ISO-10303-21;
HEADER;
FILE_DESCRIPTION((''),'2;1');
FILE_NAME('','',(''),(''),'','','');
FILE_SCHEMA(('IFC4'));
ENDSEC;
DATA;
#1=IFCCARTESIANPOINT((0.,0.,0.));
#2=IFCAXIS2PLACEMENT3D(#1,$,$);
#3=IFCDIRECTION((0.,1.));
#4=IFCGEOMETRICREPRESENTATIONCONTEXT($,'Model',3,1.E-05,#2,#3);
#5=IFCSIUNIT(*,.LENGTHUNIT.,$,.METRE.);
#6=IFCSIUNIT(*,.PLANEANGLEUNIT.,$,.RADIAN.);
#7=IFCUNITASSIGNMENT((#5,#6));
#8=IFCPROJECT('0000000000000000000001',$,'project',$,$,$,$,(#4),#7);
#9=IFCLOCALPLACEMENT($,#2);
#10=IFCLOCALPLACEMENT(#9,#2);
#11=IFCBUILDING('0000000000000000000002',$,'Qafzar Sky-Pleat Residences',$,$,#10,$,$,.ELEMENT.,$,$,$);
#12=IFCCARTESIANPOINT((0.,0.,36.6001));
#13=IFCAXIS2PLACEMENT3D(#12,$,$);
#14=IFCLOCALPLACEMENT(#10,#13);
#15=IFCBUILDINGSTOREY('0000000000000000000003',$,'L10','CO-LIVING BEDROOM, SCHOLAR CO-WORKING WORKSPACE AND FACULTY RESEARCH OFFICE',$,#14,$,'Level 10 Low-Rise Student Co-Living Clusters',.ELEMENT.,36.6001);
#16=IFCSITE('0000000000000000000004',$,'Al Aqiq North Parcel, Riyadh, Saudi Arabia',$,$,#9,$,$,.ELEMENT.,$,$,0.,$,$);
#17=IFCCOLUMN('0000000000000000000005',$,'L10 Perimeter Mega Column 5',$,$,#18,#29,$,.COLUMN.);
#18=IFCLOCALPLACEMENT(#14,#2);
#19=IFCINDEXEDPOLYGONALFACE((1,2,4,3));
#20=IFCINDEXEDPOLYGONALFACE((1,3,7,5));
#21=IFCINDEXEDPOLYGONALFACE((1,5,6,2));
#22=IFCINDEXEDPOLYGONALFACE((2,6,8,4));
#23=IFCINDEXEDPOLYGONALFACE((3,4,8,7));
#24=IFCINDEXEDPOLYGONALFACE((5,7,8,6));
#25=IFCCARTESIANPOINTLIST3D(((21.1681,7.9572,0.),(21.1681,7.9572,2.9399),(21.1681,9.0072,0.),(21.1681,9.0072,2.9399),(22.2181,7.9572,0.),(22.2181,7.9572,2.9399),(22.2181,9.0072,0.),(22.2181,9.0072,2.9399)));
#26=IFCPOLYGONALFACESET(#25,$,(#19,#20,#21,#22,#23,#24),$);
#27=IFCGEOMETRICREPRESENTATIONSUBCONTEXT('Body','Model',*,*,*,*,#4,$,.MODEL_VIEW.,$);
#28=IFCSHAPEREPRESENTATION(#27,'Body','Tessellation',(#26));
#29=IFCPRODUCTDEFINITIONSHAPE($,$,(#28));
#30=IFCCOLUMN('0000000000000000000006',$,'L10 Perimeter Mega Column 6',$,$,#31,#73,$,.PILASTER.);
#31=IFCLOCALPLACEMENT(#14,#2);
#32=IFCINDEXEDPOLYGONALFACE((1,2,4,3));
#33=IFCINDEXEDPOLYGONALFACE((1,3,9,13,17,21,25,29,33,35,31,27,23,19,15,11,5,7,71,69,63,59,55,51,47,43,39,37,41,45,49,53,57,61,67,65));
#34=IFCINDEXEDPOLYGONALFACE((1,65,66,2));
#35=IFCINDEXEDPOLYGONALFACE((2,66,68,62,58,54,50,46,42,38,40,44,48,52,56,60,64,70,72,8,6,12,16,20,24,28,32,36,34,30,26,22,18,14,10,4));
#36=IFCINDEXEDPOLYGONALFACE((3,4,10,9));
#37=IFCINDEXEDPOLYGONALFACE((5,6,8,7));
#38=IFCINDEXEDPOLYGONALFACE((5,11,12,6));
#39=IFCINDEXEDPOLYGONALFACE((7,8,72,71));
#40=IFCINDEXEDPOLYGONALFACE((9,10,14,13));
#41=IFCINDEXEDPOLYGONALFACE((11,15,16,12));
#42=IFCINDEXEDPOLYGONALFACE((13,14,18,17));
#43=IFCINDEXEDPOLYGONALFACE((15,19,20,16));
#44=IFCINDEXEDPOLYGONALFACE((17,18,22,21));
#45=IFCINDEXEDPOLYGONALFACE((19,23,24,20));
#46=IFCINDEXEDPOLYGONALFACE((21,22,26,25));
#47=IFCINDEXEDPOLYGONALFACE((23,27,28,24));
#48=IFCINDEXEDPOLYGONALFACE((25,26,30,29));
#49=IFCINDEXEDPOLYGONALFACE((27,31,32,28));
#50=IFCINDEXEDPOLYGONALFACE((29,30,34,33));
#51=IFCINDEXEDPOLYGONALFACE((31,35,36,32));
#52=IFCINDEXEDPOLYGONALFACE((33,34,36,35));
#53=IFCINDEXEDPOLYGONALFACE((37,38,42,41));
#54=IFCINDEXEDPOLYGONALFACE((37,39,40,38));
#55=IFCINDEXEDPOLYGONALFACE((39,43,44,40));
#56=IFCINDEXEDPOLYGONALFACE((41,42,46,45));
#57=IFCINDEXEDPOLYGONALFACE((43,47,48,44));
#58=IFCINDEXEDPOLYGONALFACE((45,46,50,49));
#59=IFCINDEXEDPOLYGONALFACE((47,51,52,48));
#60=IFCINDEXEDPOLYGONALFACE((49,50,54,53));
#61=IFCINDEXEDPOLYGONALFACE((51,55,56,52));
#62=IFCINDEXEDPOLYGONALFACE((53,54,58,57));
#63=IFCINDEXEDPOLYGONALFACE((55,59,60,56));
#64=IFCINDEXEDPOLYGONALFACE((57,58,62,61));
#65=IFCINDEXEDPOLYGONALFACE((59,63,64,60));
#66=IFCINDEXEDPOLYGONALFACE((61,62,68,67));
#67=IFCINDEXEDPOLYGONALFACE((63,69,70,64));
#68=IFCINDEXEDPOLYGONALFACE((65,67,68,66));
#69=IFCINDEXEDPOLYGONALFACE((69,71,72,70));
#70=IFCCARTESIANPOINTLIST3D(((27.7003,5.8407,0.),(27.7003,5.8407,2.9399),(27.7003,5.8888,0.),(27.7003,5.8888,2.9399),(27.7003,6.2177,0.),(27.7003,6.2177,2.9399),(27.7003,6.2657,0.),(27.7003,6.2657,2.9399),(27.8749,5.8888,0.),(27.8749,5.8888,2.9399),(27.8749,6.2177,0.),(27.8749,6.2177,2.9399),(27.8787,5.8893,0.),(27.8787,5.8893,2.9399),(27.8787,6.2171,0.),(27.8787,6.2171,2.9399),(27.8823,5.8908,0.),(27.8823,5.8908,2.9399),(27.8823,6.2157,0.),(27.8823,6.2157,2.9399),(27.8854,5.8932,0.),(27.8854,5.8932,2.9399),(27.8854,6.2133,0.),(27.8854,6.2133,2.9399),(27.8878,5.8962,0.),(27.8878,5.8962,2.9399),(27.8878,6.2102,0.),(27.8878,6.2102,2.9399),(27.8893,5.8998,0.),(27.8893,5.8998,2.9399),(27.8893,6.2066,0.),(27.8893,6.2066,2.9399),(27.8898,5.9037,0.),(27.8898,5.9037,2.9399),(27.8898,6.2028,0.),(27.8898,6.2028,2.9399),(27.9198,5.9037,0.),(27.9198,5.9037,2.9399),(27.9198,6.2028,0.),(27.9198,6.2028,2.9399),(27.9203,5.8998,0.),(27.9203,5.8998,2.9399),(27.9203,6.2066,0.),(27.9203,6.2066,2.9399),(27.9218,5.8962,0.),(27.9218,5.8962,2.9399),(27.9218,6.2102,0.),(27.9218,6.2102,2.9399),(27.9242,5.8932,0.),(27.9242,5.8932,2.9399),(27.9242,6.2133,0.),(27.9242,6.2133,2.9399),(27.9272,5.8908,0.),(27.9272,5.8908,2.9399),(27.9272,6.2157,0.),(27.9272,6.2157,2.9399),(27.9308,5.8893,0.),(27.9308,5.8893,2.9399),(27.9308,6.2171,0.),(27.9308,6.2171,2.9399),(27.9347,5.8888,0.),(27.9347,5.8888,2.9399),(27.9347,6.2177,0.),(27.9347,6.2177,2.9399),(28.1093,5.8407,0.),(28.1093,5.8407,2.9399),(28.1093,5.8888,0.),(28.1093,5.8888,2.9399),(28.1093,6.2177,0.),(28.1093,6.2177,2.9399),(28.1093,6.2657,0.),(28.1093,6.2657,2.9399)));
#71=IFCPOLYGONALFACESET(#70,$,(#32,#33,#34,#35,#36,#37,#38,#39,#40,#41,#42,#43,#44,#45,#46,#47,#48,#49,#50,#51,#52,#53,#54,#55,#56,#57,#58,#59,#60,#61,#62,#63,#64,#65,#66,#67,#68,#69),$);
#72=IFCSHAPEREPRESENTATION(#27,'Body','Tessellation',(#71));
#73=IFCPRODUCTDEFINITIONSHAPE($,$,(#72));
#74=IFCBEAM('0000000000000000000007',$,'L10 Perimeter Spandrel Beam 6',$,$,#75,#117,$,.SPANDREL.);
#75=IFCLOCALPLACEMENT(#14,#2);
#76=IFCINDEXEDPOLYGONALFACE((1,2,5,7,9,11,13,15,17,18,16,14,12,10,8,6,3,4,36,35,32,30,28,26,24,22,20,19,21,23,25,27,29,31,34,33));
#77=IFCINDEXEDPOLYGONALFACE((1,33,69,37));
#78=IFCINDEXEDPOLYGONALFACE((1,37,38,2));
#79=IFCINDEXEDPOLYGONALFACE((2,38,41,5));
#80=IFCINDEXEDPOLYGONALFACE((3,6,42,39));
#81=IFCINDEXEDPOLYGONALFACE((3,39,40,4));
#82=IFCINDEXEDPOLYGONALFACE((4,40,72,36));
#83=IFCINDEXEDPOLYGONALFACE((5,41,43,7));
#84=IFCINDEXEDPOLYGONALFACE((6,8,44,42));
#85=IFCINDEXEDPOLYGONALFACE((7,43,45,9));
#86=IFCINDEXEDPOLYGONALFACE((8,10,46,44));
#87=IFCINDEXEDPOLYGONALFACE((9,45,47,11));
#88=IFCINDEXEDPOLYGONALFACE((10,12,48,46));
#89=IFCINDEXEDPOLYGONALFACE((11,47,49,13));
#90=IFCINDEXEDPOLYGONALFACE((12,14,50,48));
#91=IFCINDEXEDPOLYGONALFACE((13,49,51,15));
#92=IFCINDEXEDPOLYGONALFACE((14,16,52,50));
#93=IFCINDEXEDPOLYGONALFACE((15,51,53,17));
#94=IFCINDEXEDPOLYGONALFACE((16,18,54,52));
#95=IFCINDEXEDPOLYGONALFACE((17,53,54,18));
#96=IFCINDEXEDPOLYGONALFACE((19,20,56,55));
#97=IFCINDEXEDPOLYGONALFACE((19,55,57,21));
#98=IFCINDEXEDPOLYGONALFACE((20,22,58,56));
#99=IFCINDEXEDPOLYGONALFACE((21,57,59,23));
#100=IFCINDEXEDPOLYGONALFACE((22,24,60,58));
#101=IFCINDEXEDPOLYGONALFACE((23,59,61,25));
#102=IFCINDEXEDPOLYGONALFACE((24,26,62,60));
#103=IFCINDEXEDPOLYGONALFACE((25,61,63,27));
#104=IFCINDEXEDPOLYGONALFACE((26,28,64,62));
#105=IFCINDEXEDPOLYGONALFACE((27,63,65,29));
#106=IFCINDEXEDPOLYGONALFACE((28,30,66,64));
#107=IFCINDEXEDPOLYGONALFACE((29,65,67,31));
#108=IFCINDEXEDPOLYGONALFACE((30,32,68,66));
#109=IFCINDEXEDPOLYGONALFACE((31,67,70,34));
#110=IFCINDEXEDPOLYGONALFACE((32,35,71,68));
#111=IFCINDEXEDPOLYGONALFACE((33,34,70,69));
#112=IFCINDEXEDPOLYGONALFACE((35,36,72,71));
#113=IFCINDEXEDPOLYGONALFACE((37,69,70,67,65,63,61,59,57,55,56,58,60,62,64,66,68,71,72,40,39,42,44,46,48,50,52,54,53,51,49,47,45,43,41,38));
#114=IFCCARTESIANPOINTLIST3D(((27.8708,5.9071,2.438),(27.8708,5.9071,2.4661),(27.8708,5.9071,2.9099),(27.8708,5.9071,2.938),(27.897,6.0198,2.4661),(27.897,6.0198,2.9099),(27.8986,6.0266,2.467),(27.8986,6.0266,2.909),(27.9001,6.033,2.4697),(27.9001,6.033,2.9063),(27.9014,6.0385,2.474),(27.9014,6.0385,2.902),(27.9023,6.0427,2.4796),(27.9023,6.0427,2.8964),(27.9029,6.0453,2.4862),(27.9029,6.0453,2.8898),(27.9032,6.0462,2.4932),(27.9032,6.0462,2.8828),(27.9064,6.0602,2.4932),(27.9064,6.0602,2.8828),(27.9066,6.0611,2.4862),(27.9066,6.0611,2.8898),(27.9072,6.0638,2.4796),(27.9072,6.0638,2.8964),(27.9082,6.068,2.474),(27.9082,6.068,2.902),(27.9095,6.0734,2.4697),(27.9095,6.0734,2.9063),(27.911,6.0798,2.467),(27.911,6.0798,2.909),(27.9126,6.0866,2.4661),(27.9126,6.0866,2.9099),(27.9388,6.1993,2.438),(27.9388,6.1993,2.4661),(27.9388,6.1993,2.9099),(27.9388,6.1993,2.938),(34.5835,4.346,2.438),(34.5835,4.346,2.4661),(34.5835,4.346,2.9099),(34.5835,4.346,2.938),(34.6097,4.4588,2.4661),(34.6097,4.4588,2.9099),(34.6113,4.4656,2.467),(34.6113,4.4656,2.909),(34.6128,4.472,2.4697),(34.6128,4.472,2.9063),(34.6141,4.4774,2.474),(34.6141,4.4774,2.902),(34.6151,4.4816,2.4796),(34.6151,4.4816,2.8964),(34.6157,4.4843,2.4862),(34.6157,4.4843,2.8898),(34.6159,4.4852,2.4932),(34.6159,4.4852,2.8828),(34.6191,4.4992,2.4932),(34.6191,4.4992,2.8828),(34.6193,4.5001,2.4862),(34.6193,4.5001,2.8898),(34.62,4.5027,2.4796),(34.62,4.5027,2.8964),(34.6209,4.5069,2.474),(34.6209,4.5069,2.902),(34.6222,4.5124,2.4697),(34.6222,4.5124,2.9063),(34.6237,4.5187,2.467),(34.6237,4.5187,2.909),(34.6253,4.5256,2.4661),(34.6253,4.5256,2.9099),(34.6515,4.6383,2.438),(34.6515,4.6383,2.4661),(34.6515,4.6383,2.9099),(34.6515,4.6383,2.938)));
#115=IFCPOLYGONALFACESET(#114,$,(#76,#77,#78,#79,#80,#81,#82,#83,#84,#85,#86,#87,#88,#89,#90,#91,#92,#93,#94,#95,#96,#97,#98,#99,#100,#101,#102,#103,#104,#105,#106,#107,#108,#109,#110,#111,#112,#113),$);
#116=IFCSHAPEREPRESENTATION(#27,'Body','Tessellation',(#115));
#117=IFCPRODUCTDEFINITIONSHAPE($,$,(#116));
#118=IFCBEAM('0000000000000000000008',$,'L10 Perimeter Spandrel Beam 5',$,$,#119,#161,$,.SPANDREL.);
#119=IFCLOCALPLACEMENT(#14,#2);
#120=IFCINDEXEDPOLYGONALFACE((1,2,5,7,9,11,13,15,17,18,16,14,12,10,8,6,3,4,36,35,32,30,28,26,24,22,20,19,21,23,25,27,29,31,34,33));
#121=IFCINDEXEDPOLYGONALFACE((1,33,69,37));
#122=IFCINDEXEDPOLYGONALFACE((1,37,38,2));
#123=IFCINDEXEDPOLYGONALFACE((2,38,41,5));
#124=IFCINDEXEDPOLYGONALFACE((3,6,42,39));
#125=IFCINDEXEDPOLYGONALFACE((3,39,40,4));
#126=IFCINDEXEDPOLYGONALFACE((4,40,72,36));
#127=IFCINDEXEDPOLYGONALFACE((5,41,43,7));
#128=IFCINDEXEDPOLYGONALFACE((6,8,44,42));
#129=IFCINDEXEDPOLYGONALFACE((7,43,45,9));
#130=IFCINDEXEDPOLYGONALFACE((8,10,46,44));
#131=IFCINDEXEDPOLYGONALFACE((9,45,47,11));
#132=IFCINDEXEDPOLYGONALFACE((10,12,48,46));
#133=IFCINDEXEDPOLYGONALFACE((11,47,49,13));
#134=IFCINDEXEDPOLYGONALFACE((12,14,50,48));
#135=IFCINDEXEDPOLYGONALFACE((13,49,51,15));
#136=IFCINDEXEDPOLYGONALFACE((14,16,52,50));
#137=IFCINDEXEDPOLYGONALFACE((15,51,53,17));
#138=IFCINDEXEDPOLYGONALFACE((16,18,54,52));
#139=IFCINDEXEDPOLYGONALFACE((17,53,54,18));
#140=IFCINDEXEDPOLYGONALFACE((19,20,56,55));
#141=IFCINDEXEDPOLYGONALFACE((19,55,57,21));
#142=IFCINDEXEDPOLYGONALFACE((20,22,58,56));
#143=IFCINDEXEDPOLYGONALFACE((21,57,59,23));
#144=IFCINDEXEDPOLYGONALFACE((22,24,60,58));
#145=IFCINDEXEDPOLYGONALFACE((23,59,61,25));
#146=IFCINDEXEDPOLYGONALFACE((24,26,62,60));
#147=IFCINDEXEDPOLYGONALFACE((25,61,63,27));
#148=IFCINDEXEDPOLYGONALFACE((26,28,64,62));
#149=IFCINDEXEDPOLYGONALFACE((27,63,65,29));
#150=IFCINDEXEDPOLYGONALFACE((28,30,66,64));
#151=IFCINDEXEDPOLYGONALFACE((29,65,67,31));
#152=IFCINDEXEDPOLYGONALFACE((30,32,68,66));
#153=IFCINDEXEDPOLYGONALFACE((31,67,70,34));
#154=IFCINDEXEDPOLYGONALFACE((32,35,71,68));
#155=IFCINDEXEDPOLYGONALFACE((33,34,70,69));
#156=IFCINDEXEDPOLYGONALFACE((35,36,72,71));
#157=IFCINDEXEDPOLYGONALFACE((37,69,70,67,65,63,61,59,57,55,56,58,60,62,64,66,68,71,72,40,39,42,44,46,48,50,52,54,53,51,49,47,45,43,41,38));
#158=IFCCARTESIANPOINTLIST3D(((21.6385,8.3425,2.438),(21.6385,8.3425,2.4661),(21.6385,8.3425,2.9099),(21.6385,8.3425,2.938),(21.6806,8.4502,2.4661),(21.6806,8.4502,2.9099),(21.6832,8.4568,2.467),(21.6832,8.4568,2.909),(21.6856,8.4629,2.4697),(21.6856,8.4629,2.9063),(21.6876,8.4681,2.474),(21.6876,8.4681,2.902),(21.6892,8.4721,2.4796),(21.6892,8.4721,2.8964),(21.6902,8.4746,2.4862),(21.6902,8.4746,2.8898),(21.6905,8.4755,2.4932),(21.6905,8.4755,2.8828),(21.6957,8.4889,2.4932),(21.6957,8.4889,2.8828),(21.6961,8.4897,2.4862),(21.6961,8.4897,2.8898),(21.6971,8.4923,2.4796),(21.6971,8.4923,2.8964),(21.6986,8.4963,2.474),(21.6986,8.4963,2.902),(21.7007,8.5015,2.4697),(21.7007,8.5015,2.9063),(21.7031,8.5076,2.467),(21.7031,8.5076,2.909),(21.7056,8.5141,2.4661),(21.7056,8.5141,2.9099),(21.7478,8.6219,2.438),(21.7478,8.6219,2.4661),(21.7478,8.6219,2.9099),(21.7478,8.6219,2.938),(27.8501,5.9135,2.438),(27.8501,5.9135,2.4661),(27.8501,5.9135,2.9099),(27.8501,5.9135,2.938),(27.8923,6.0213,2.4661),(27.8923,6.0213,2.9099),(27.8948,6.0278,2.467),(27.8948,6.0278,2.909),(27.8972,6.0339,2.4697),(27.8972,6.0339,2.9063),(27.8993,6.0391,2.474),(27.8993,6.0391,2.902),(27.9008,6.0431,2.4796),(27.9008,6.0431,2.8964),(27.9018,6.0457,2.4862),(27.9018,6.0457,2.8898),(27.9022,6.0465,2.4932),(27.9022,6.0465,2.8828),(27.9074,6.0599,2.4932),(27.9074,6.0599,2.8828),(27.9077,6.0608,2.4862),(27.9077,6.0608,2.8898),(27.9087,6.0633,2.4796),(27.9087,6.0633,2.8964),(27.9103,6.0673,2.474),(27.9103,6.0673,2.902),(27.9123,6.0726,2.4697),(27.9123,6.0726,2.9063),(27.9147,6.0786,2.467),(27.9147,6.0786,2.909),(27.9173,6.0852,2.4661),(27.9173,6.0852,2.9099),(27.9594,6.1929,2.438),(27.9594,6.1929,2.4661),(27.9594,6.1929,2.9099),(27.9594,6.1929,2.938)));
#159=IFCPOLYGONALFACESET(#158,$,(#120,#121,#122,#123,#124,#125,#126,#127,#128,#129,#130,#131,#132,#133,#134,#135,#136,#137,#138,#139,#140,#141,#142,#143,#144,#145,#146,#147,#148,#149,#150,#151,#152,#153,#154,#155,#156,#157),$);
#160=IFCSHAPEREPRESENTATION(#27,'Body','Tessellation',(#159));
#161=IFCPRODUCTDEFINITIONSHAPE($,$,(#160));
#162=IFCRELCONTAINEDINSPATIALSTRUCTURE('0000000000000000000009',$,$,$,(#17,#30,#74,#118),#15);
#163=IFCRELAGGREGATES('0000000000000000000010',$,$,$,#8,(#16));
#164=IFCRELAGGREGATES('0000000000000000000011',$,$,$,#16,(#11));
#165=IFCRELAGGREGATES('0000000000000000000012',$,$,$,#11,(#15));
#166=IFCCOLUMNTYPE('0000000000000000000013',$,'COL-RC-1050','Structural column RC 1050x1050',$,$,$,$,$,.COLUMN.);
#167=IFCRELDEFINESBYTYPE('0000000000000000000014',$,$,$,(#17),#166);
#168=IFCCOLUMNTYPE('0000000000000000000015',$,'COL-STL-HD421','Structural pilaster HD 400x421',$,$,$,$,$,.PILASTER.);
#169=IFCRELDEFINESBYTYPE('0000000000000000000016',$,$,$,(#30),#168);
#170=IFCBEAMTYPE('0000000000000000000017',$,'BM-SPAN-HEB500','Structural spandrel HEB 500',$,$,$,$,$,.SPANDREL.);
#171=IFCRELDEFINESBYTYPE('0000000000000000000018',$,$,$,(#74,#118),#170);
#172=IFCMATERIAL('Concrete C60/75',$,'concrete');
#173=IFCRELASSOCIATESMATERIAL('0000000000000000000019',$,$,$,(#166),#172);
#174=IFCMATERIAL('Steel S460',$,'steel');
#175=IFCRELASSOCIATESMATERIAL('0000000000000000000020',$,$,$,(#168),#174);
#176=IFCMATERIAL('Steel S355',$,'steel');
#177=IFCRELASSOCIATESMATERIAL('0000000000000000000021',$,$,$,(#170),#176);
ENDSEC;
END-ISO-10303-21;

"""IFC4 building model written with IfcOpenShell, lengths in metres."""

from ifc_helpers import new_model, si_unit, direction, frame, origin, origin_2d, place, context, subcontext, project, spatial, rectangle, i_section, extrude, source, transform, mapped, material, material_profile, profile_set, type_object, element, save


model = new_model("IFC4")

# Units and contexts
model_context = context("Model", 3, precision=1e-05, world=origin(), true_north=direction((0.0, 1.0)))
body_context = subcontext(model_context, "Body", "Model", "MODEL_VIEW")
ifc_project = project(units=[si_unit("LENGTHUNIT", "METRE"), si_unit("PLANEANGLEUNIT", "RADIAN")], contexts=[model_context])

# Site, building, storey
site_placement = place(None, origin())
site = spatial("IfcSite", under=ifc_project, at=site_placement, Name="Al Aqiq North Parcel, Riyadh, Saudi Arabia", CompositionType="ELEMENT", RefElevation=0.0)
building_placement = place(site_placement, origin())
building = spatial("IfcBuilding", under=site, at=building_placement, Name="Qafzar Sky-Pleat Residences", CompositionType="ELEMENT")
storey_placement = place(building_placement, frame((0.0, 0.0, 36.6001)))
storey = spatial("IfcBuildingStorey", under=building, at=storey_placement, Name="L10", Description="CO-LIVING BEDROOM, SCHOLAR CO-WORKING WORKSPACE AND FACULTY RESEARCH OFFICE", LongName="Level 10 Low-Rise Student Co-Living Clusters", CompositionType="ELEMENT", Elevation=36.6001)

# Columns
ifc_material_1 = material(Name="Concrete C60/75", Category="concrete")
ifc_material_profile_1 = material_profile(ifc_material_1, rectangle(XDim=1.05, YDim=1.05, at=origin_2d()), Name="RC 1050x1050")
ifc_profile_set_1 = profile_set([ifc_material_profile_1], Name="Concrete C60/75")
column_type_1 = type_object("IfcColumnType", Name="COL-RC-1050", Description="Structural column RC 1050x1050", PredefinedType="COLUMN", material=ifc_profile_set_1)
shared_shape_1 = source(origin(), body_context, "Body", "SweptSolid", [
    extrude(rectangle(XDim=1.05, YDim=1.05, at=origin_2d()), origin(), (0.0, 0.0, 1.0), 2.9399),
])
column_1_placement = place(storey_placement, frame((21.6931, 8.4822, 0.0), z_axis=(0.0, 0.0, 1.0), x_axis=(1.0, 0.0, 0.0)))
element("IfcColumn", 1, at=column_1_placement, inside=storey, type_object=column_type_1, Name="L10 Perimeter Mega Column 5", PredefinedType="COLUMN", context=body_context, shape_type="MappedRepresentation", body=[
    mapped(shared_shape_1, transform((0.0, 0.0, 0.0), x_axis=(1.0, 0.0, 0.0), y_axis=(0.0, 1.0, 0.0), z_axis=(0.0, 0.0, 1.0), scale=1.0)),
])
ifc_material_2 = material(Name="Steel S460", Category="steel")
ifc_material_profile_2 = material_profile(ifc_material_2, i_section(OverallWidth=0.4089, OverallDepth=0.425, WebThickness=0.03, FlangeThickness=0.0481, FilletRadius=0.0149, at=origin_2d()), Name="HD 400x421")
ifc_profile_set_2 = profile_set([ifc_material_profile_2], Name="Steel S460")
column_type_2 = type_object("IfcColumnType", Name="COL-STL-HD421", Description="Structural pilaster HD 400x421", PredefinedType="PILASTER", material=ifc_profile_set_2)
shared_shape_2 = source(origin(), body_context, "Body", "SweptSolid", [
    extrude(i_section(OverallWidth=0.4089, OverallDepth=0.425, WebThickness=0.03, FlangeThickness=0.0481, FilletRadius=0.0149, at=origin_2d()), origin(), (0.0, 0.0, 1.0), 2.9399),
])
column_2_placement = place(storey_placement, frame((27.9048, 6.0532, 0.0), z_axis=(0.0, 0.0, 1.0), x_axis=(1.0, 0.0, 0.0)))
element("IfcColumn", 2, at=column_2_placement, inside=storey, type_object=column_type_2, Name="L10 Perimeter Mega Column 6", PredefinedType="PILASTER", context=body_context, shape_type="MappedRepresentation", body=[
    mapped(shared_shape_2, transform((0.0, 0.0, 0.0), x_axis=(1.0, 0.0, 0.0), y_axis=(0.0, 1.0, 0.0), z_axis=(0.0, 0.0, 1.0), scale=1.0)),
])

# Beams
ifc_material_3 = material(Name="Steel S355", Category="steel")
ifc_material_profile_3 = material_profile(ifc_material_3, i_section(OverallWidth=0.3, OverallDepth=0.5, WebThickness=0.0144, FlangeThickness=0.0281, FilletRadius=0.0271, at=origin_2d()), Name="HEB 500")
ifc_profile_set_3 = profile_set([ifc_material_profile_3], Name="Steel S355")
beam_type_1 = type_object("IfcBeamType", Name="BM-SPAN-HEB500", Description="Structural spandrel HEB 500", PredefinedType="SPANDREL", material=ifc_profile_set_3)
shared_shape_3 = source(origin(), body_context, "Body", "SweptSolid", [
    extrude(i_section(OverallWidth=0.3, OverallDepth=0.5, WebThickness=0.0144, FlangeThickness=0.0281, FilletRadius=0.0271, at=origin_2d()), origin(), (0.0, 0.0, 1.0), 6.8918),
])
beam_1_placement = place(storey_placement, frame((27.9048, 6.0532, 2.688), z_axis=(0.974009, -0.226507, 0.0), x_axis=(0.226507, 0.974009, 0.0)))
element("IfcBeam", 3, at=beam_1_placement, inside=storey, type_object=beam_type_1, Name="L10 Perimeter Spandrel Beam 6", PredefinedType="SPANDREL", context=body_context, shape_type="MappedRepresentation", body=[
    mapped(shared_shape_3, transform((0.0, 0.0, 0.0), x_axis=(1.0, 0.0, 0.0), y_axis=(0.0, 1.0, 0.0), z_axis=(0.0, 0.0, 1.0), scale=1.0)),
])
shared_shape_4 = source(origin(), body_context, "Body", "SweptSolid", [
    extrude(i_section(OverallWidth=0.3, OverallDepth=0.5, WebThickness=0.0144, FlangeThickness=0.0281, FilletRadius=0.0271, at=origin_2d()), origin(), (0.0, 0.0, 1.0), 6.6697),
])
beam_2_placement = place(storey_placement, frame((21.6931, 8.4822, 2.688), z_axis=(0.931329, -0.364179, 0.0), x_axis=(0.364179, 0.931329, 0.0)))
element("IfcBeam", 4, at=beam_2_placement, inside=storey, type_object=beam_type_1, Name="L10 Perimeter Spandrel Beam 5", PredefinedType="SPANDREL", context=body_context, shape_type="MappedRepresentation", body=[
    mapped(shared_shape_4, transform((0.0, 0.0, 0.0), x_axis=(1.0, 0.0, 0.0), y_axis=(0.0, 1.0, 0.0), z_axis=(0.0, 0.0, 1.0), scale=1.0)),
])

save(model, "model.ifc")
